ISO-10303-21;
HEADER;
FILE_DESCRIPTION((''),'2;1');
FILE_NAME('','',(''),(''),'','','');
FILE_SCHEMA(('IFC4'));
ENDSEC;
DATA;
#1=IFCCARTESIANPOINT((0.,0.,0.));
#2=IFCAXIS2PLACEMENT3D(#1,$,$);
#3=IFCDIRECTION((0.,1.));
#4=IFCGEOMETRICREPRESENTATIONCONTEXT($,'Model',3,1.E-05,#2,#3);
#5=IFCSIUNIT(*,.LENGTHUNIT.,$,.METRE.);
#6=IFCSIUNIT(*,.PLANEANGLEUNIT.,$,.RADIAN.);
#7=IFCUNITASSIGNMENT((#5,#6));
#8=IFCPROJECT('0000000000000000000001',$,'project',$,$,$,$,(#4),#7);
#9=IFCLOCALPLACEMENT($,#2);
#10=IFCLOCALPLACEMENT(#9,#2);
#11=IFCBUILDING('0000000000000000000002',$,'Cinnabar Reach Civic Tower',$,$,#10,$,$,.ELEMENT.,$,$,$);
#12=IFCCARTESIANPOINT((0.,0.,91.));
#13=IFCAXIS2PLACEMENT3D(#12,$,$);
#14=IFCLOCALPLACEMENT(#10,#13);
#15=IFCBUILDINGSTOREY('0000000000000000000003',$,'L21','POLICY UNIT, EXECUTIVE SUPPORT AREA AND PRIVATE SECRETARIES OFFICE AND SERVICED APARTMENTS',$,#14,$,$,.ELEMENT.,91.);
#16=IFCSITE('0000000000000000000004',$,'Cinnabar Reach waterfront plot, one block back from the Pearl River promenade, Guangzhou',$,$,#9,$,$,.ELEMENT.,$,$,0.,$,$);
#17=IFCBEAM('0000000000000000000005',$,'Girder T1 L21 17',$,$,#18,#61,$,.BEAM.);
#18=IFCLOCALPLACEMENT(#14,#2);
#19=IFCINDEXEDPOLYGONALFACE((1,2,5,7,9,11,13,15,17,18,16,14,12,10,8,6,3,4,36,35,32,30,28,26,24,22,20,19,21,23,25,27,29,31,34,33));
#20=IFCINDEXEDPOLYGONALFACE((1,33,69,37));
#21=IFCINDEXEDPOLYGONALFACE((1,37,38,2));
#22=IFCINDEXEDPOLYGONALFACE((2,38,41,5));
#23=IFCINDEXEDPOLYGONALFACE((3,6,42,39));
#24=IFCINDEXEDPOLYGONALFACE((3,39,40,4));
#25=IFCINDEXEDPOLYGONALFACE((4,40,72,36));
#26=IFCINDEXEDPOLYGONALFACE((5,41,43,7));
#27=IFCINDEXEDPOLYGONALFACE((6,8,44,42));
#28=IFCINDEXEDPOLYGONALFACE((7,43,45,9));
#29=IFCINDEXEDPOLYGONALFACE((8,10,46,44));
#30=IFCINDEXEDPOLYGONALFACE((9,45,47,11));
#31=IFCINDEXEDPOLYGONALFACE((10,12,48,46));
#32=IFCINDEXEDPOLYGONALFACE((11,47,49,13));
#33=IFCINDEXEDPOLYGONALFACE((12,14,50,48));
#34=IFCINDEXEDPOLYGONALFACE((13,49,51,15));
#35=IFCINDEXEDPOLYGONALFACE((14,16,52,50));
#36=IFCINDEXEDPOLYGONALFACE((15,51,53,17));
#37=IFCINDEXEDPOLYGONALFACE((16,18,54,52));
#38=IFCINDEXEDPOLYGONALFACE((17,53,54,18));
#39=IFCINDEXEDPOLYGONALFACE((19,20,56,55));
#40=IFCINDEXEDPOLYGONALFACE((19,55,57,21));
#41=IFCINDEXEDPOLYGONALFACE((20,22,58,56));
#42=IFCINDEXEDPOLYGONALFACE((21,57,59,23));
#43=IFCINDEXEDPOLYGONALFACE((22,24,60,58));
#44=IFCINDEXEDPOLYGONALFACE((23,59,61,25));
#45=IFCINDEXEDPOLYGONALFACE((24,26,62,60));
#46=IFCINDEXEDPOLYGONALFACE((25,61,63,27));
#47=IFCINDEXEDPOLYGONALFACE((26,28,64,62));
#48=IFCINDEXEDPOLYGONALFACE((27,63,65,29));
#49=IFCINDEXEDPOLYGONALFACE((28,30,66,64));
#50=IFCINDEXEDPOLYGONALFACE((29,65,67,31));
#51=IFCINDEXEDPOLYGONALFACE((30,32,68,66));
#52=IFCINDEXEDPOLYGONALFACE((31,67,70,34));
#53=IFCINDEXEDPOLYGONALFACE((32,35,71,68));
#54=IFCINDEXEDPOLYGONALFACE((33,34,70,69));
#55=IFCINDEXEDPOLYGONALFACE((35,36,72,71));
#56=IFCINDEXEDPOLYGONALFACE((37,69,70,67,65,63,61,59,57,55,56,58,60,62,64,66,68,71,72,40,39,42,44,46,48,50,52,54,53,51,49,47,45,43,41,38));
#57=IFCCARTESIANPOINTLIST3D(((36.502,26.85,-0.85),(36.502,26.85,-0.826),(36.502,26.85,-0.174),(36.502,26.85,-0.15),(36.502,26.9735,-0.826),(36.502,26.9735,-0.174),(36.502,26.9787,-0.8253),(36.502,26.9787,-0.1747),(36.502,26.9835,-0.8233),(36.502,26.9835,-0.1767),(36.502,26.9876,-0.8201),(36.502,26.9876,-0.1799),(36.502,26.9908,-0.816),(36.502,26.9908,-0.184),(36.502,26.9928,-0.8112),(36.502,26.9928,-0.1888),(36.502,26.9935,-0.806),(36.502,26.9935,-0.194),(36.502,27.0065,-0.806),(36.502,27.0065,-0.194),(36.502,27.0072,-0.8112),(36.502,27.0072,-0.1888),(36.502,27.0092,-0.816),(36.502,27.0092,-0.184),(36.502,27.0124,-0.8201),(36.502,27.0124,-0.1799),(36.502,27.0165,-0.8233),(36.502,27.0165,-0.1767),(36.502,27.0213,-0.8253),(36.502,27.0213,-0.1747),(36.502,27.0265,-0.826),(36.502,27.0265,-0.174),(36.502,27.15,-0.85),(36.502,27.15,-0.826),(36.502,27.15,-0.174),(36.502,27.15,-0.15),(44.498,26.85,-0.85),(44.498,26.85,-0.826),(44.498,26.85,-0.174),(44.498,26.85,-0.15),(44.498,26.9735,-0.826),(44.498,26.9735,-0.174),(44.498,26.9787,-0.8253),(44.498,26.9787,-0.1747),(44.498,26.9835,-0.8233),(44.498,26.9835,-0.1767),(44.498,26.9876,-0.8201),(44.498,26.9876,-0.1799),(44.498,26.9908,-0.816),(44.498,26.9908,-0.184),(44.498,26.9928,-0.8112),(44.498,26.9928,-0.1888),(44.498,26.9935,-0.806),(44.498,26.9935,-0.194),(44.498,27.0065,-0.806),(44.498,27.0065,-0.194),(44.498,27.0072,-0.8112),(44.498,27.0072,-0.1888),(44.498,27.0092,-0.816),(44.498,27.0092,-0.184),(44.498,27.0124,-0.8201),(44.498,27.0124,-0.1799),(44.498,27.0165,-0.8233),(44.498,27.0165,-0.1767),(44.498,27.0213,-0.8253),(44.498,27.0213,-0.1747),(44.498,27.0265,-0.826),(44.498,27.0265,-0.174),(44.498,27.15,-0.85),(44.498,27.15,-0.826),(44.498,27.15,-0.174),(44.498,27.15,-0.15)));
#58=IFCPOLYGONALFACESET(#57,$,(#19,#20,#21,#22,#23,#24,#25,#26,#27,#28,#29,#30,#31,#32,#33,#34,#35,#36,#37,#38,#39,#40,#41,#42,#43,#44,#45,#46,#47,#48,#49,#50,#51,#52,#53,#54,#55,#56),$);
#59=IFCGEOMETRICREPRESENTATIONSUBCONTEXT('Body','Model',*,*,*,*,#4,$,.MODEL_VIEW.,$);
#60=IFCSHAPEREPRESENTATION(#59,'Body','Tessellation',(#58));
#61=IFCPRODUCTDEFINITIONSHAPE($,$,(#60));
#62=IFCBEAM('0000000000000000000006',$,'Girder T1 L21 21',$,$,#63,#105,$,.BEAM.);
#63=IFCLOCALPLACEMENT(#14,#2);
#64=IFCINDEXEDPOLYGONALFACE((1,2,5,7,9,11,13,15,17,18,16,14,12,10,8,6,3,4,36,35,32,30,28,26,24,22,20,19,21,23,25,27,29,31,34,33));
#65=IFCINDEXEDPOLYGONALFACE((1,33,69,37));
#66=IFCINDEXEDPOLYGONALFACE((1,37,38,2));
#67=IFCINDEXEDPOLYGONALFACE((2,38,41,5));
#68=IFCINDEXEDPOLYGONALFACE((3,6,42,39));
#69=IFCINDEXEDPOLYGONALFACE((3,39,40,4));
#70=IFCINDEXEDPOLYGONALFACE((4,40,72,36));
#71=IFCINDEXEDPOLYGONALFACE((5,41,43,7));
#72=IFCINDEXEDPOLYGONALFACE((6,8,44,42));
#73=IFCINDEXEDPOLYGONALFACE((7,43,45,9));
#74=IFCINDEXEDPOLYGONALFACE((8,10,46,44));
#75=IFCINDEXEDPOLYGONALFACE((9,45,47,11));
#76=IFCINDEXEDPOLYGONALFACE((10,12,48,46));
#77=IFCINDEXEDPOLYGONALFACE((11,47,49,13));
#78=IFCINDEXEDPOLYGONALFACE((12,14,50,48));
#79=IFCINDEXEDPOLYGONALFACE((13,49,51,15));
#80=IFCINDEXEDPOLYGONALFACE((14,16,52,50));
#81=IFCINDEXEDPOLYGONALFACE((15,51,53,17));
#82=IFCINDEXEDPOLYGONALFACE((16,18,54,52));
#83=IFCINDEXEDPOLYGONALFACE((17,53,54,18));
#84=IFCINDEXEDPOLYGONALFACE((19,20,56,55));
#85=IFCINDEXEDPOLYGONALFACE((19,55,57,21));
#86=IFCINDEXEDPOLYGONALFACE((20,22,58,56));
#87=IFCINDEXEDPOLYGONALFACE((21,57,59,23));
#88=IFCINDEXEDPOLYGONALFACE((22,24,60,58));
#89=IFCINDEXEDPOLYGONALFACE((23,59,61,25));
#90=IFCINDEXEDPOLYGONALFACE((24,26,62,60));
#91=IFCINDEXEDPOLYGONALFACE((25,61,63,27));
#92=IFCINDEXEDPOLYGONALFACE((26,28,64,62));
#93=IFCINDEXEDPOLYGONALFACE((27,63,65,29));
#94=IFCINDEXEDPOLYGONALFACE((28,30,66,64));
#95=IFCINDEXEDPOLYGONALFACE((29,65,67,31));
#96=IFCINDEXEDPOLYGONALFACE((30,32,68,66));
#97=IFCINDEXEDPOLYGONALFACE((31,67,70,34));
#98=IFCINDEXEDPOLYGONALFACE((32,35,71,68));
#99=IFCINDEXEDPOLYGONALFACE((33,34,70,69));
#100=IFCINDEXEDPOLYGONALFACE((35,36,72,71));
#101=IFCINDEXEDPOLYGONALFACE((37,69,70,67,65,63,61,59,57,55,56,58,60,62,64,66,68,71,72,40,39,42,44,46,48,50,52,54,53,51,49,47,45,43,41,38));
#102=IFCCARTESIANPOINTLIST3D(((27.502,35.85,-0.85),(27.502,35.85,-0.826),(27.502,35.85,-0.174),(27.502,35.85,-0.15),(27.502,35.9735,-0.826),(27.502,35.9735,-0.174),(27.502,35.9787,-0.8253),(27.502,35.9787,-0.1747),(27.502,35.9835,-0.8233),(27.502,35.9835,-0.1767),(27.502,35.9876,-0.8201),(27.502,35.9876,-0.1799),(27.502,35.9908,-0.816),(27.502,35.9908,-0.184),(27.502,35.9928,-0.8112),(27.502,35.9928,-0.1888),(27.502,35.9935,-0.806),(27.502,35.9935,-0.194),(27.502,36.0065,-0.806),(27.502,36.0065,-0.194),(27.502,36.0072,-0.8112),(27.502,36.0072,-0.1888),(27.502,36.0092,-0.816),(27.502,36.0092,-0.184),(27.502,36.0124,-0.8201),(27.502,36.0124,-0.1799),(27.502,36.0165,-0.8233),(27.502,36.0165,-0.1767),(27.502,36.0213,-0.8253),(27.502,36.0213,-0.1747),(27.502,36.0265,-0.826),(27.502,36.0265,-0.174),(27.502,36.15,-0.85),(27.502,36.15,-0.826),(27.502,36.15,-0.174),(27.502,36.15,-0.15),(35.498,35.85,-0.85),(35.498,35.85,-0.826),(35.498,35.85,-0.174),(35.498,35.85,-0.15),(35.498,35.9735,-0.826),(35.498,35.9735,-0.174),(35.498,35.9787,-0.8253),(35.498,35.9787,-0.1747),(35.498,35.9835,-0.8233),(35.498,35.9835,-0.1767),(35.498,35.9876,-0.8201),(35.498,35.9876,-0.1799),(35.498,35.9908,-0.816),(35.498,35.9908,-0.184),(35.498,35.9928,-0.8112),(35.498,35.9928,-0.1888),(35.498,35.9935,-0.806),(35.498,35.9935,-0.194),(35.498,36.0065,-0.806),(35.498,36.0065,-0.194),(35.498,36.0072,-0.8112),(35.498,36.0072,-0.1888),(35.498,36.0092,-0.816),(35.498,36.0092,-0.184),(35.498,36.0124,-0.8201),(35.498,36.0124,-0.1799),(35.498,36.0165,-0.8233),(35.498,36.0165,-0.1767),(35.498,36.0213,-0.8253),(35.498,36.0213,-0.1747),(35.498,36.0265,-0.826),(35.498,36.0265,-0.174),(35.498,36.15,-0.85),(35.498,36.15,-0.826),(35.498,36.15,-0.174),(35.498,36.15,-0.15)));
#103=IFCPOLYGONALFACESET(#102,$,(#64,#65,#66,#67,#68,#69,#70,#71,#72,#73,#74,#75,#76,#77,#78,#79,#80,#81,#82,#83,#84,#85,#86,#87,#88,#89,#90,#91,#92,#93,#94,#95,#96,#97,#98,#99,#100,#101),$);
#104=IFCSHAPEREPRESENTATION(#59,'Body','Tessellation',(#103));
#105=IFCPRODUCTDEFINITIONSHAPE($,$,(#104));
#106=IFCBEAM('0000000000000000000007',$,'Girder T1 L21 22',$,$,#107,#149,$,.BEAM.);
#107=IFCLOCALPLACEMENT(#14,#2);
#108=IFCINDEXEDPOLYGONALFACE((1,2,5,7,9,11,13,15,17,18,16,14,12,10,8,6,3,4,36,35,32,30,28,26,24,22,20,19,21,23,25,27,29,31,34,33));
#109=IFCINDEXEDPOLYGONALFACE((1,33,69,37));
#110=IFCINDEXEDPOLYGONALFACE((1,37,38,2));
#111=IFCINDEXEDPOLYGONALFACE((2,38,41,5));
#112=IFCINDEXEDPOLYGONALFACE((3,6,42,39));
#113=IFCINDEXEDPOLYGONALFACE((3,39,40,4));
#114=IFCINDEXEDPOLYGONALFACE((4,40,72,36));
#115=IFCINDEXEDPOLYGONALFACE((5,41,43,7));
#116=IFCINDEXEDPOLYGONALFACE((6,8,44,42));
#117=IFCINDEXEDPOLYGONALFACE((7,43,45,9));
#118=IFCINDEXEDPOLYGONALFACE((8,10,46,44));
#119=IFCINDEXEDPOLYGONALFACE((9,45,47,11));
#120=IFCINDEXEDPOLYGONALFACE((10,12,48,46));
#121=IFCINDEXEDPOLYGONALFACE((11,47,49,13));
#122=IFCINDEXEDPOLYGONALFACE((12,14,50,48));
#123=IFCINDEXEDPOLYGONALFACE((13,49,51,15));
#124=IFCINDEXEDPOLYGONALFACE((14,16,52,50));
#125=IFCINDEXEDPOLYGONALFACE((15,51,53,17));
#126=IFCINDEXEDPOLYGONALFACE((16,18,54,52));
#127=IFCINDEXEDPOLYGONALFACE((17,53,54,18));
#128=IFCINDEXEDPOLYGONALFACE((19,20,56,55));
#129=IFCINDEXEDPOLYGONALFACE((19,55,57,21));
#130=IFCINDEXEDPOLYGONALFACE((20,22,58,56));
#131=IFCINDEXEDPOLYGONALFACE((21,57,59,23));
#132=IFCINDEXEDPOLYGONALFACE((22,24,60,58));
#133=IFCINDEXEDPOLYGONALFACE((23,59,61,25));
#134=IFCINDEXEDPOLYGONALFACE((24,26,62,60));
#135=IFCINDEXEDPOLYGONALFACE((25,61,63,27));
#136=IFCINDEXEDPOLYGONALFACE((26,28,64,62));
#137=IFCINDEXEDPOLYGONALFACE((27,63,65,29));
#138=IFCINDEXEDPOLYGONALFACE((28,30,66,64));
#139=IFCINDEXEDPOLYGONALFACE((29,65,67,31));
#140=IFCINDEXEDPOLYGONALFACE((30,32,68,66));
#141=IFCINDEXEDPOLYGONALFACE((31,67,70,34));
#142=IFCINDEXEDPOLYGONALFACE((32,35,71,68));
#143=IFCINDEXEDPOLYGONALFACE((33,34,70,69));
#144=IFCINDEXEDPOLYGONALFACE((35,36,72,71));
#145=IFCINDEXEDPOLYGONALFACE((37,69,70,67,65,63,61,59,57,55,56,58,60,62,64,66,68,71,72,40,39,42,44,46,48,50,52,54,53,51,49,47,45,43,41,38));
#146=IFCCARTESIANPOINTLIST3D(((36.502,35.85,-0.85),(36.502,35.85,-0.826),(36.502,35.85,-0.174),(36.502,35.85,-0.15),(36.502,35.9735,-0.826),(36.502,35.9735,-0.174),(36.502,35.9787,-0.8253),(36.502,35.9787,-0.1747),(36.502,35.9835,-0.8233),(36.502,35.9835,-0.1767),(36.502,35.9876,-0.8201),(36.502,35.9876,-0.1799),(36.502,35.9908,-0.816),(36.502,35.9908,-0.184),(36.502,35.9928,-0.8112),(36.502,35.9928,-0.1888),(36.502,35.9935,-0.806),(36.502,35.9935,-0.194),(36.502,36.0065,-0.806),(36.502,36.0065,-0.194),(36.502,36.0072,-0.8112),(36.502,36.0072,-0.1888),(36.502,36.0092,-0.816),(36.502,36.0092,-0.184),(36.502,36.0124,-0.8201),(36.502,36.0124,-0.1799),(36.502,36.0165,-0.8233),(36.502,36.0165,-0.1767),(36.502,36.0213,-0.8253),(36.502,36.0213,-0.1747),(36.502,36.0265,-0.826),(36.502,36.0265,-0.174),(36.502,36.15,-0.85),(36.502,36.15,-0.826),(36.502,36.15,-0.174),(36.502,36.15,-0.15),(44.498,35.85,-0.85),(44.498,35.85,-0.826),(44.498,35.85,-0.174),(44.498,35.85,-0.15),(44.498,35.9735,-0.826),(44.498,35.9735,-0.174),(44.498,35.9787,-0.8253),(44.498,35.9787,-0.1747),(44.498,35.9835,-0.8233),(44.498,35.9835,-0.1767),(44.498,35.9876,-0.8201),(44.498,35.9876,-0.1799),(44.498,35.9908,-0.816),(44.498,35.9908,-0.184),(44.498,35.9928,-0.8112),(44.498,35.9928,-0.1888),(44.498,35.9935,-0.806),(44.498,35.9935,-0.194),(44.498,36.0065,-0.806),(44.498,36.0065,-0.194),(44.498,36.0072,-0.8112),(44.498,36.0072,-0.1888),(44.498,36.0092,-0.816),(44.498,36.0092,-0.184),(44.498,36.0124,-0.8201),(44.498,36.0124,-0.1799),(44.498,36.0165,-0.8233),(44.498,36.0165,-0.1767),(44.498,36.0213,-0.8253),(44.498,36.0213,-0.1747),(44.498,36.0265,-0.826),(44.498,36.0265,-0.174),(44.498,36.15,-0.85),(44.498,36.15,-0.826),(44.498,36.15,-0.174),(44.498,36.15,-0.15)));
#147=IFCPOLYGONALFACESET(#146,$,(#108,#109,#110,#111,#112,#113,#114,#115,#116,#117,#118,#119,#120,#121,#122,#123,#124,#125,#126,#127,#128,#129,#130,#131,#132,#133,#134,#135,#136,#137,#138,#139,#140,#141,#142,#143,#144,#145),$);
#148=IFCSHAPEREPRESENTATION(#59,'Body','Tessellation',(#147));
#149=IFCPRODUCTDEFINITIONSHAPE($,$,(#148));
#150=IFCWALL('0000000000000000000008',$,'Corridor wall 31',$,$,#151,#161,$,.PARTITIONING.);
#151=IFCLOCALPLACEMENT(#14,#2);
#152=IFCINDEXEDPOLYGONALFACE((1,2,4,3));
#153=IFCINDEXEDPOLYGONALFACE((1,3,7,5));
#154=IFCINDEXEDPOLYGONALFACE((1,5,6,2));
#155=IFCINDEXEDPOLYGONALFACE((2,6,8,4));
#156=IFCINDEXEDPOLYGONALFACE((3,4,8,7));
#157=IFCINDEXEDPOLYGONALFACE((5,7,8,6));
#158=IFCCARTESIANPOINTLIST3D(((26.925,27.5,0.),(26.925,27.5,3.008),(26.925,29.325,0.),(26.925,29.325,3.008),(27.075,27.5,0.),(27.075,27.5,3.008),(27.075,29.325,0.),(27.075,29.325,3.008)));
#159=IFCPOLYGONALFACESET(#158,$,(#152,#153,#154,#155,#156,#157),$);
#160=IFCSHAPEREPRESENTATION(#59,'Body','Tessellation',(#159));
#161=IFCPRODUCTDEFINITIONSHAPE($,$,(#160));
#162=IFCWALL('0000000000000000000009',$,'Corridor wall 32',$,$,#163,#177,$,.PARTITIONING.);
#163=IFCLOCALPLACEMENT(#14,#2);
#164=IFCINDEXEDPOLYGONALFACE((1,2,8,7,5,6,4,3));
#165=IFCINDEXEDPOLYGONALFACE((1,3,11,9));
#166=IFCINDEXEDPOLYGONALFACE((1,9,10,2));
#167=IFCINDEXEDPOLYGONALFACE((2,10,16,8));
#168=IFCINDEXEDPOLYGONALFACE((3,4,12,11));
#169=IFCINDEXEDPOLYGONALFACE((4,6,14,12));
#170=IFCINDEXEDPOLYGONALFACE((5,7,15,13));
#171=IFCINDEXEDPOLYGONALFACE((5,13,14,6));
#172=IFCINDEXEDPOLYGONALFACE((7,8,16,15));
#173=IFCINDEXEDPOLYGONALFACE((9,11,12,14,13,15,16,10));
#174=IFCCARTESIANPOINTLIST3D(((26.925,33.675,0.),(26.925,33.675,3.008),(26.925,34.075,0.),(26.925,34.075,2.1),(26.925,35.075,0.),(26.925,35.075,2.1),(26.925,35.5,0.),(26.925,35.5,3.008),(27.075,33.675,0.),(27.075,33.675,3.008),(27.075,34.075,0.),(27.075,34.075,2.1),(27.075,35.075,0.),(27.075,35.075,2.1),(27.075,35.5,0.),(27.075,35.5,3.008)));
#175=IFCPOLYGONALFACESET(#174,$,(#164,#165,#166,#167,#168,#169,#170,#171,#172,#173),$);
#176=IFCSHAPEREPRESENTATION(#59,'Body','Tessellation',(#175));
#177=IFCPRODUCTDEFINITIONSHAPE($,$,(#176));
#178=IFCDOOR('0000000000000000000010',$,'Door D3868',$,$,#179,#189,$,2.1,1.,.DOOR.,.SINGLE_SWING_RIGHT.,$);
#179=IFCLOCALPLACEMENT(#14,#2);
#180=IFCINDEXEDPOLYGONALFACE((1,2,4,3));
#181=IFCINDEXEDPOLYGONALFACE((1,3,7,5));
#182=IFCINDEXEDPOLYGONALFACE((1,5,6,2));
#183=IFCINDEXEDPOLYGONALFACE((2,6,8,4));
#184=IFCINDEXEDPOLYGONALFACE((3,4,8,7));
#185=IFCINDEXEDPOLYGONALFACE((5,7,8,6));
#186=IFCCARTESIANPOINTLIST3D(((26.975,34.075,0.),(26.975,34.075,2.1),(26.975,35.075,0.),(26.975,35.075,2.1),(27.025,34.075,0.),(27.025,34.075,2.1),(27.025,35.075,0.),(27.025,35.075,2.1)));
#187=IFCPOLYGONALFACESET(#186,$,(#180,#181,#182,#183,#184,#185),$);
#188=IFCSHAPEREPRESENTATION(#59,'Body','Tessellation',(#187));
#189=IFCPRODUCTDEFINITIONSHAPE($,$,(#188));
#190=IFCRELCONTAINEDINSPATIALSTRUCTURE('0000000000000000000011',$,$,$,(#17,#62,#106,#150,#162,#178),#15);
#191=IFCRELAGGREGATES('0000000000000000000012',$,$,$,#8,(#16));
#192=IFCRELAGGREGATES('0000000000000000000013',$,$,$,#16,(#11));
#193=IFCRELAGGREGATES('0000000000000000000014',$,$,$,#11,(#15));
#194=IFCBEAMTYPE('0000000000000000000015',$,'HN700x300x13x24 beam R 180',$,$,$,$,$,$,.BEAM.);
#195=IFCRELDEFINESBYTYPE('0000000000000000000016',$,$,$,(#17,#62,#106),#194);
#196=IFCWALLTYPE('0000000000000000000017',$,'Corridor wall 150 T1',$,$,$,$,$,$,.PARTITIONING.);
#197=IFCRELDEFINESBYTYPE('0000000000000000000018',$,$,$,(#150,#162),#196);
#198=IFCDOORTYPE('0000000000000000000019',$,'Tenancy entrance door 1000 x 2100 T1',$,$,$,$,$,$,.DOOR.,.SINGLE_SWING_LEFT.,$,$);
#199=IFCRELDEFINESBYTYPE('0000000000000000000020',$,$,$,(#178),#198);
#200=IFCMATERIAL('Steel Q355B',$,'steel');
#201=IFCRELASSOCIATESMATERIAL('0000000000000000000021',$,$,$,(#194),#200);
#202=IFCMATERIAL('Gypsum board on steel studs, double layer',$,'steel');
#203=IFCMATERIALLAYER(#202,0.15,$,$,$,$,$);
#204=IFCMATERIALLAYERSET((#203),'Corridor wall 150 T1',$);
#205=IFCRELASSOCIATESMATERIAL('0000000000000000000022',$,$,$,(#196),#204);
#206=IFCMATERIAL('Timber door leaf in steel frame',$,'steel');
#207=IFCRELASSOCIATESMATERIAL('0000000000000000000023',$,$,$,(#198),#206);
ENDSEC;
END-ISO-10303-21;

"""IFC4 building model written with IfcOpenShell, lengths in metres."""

from ifc_helpers import new_model, si_unit, direction, frame, frame_2d, origin, origin_2d, place, context, subcontext, project, spatial, rectangle, i_section, extrude, material, layer, layer_set, material_profile, profile_set, type_object, element, fill, save


model = new_model("IFC4")

# Units and contexts
model_context = context("Model", 3, precision=1e-05, world=origin(), true_north=direction((0.0, 1.0)))
body_context = subcontext(model_context, "Body", "Model", "MODEL_VIEW")
ifc_project = project(units=[si_unit("LENGTHUNIT", "METRE"), si_unit("PLANEANGLEUNIT", "RADIAN")], contexts=[model_context])

# Site, building, storey
site_placement = place(None, origin())
site = spatial("IfcSite", under=ifc_project, at=site_placement, Name="Cinnabar Reach waterfront plot, one block back from the Pearl River promenade, Guangzhou", CompositionType="ELEMENT", RefElevation=0.0)
building_placement = place(site_placement, origin())
building = spatial("IfcBuilding", under=site, at=building_placement, Name="Cinnabar Reach Civic Tower", CompositionType="ELEMENT")
storey_placement = place(building_placement, frame((0.0, 0.0, 91.0)))
storey = spatial("IfcBuildingStorey", under=building, at=storey_placement, Name="L21", Description="POLICY UNIT, EXECUTIVE SUPPORT AREA AND PRIVATE SECRETARIES OFFICE AND SERVICED APARTMENTS", CompositionType="ELEMENT", Elevation=91.0)

# Beams
ifc_material_1 = material(Name="Steel Q355B", Category="steel")
ifc_material_profile_1 = material_profile(ifc_material_1, i_section(OverallWidth=0.3, OverallDepth=0.7, WebThickness=0.013, FlangeThickness=0.024, FilletRadius=0.02, at=origin_2d()), Name="HN700x300x13x24")
ifc_profile_set_1 = profile_set([ifc_material_profile_1], Name="Steel Q355B")
beam_type_1 = type_object("IfcBeamType", Name="HN700x300x13x24 beam R 180", PredefinedType="BEAM", material=ifc_profile_set_1)
for number, where, z_axis, x_axis, name in (
    (1, (36.502, 27.0, -0.5), (1.0, 0.0, 0.0), (0.0, 1.0, 0.0), "Girder T1 L21 17"),
    (2, (27.502, 36.0, -0.5), (1.0, 0.0, 0.0), (0.0, 1.0, 0.0), "Girder T1 L21 21"),
    (3, (36.502, 36.0, -0.5), (1.0, 0.0, 0.0), (0.0, 1.0, 0.0), "Girder T1 L21 22"),
):
    element("IfcBeam", number, at=place(storey_placement, frame(where, z_axis=z_axis, x_axis=x_axis)), inside=storey, type_object=beam_type_1, Name=name, PredefinedType="BEAM", context=body_context, shape_type="SweptSolid", body=[
        extrude(i_section(OverallWidth=0.3, OverallDepth=0.7, WebThickness=0.013, FlangeThickness=0.024, FilletRadius=0.02, at=origin_2d()), origin(), (0.0, 0.0, 1.0), 7.996),
    ])

# Wall
ifc_material_2 = material(Name="Gypsum board on steel studs, double layer", Category="steel")
ifc_layer_1 = layer(ifc_material_2, 0.15)
ifc_layer_set_1 = layer_set([ifc_layer_1], Name="Corridor wall 150 T1")
wall_type_1 = type_object("IfcWallType", Name="Corridor wall 150 T1", PredefinedType="PARTITIONING", material=ifc_layer_set_1)
wall_1_placement = place(storey_placement, frame((27.0, 27.5, 0.0), z_axis=(0.0, 0.0, 1.0), x_axis=(0.0, 1.0, 0.0)))
element("IfcWall", 4, at=wall_1_placement, inside=storey, type_object=wall_type_1, Name="Corridor wall 31", PredefinedType="PARTITIONING", context=body_context, shape_type="SweptSolid", body=[
    extrude(rectangle(XDim=1.825, YDim=0.15, at=frame_2d((0.9125, 0.0))), origin(), (0.0, 0.0, 1.0), 3.008),
])

# Wall, opening, door
wall_2_placement = place(storey_placement, frame((27.0, 33.675, 0.0), z_axis=(0.0, 0.0, 1.0), x_axis=(0.0, 1.0, 0.0)))
wall_2 = element("IfcWall", 5, at=wall_2_placement, inside=storey, type_object=wall_type_1, Name="Corridor wall 32", PredefinedType="PARTITIONING", context=body_context, shape_type="SweptSolid", body=[
    extrude(rectangle(XDim=1.825, YDim=0.15, at=frame_2d((0.9125, 0.0))), origin(), (0.0, 0.0, 1.0), 3.008),
])
opening_1_placement = place(wall_2_placement, frame((0.4, 0.0, 0.0)))
opening_1 = element("IfcOpeningElement", 6, at=opening_1_placement, cuts=wall_2, PredefinedType="OPENING", context=body_context, shape_type="SweptSolid", body=[
    extrude(rectangle(XDim=1.0, YDim=2.1, at=frame_2d((0.5, 1.05))), frame((0.0, 0.085, 0.0), z_axis=(0.0, -1.0, 0.0), x_axis=(1.0, 0.0, 0.0)), (0.0, 0.0, 1.0), 0.17),
])
ifc_material_3 = material(Name="Timber door leaf in steel frame", Category="steel")
door_type_1 = type_object("IfcDoorType", Name="Tenancy entrance door 1000 x 2100 T1", OperationType="SINGLE_SWING_LEFT", PredefinedType="DOOR", material=ifc_material_3)
door_1_placement = place(opening_1_placement, frame((1.0, 0.0, 0.0), z_axis=(0.0, 0.0, 1.0), x_axis=(-1.0, 0.0, 0.0)))
door_1 = element("IfcDoor", 7, at=door_1_placement, inside=storey, type_object=door_type_1, Name="Door D3868", OperationType="SINGLE_SWING_RIGHT", OverallHeight=2.1, OverallWidth=1.0, PredefinedType="DOOR", context=body_context, shape_type="SweptSolid", body=[
    extrude(rectangle(XDim=1.0, YDim=2.1, at=frame_2d((0.5, 1.05))), frame((0.0, 0.025, 0.0), z_axis=(0.0, -1.0, 0.0), x_axis=(1.0, 0.0, 0.0)), (0.0, 0.0, 1.0), 0.05),
])
fill(opening_1, door_1)

save(model, "model.ifc")
